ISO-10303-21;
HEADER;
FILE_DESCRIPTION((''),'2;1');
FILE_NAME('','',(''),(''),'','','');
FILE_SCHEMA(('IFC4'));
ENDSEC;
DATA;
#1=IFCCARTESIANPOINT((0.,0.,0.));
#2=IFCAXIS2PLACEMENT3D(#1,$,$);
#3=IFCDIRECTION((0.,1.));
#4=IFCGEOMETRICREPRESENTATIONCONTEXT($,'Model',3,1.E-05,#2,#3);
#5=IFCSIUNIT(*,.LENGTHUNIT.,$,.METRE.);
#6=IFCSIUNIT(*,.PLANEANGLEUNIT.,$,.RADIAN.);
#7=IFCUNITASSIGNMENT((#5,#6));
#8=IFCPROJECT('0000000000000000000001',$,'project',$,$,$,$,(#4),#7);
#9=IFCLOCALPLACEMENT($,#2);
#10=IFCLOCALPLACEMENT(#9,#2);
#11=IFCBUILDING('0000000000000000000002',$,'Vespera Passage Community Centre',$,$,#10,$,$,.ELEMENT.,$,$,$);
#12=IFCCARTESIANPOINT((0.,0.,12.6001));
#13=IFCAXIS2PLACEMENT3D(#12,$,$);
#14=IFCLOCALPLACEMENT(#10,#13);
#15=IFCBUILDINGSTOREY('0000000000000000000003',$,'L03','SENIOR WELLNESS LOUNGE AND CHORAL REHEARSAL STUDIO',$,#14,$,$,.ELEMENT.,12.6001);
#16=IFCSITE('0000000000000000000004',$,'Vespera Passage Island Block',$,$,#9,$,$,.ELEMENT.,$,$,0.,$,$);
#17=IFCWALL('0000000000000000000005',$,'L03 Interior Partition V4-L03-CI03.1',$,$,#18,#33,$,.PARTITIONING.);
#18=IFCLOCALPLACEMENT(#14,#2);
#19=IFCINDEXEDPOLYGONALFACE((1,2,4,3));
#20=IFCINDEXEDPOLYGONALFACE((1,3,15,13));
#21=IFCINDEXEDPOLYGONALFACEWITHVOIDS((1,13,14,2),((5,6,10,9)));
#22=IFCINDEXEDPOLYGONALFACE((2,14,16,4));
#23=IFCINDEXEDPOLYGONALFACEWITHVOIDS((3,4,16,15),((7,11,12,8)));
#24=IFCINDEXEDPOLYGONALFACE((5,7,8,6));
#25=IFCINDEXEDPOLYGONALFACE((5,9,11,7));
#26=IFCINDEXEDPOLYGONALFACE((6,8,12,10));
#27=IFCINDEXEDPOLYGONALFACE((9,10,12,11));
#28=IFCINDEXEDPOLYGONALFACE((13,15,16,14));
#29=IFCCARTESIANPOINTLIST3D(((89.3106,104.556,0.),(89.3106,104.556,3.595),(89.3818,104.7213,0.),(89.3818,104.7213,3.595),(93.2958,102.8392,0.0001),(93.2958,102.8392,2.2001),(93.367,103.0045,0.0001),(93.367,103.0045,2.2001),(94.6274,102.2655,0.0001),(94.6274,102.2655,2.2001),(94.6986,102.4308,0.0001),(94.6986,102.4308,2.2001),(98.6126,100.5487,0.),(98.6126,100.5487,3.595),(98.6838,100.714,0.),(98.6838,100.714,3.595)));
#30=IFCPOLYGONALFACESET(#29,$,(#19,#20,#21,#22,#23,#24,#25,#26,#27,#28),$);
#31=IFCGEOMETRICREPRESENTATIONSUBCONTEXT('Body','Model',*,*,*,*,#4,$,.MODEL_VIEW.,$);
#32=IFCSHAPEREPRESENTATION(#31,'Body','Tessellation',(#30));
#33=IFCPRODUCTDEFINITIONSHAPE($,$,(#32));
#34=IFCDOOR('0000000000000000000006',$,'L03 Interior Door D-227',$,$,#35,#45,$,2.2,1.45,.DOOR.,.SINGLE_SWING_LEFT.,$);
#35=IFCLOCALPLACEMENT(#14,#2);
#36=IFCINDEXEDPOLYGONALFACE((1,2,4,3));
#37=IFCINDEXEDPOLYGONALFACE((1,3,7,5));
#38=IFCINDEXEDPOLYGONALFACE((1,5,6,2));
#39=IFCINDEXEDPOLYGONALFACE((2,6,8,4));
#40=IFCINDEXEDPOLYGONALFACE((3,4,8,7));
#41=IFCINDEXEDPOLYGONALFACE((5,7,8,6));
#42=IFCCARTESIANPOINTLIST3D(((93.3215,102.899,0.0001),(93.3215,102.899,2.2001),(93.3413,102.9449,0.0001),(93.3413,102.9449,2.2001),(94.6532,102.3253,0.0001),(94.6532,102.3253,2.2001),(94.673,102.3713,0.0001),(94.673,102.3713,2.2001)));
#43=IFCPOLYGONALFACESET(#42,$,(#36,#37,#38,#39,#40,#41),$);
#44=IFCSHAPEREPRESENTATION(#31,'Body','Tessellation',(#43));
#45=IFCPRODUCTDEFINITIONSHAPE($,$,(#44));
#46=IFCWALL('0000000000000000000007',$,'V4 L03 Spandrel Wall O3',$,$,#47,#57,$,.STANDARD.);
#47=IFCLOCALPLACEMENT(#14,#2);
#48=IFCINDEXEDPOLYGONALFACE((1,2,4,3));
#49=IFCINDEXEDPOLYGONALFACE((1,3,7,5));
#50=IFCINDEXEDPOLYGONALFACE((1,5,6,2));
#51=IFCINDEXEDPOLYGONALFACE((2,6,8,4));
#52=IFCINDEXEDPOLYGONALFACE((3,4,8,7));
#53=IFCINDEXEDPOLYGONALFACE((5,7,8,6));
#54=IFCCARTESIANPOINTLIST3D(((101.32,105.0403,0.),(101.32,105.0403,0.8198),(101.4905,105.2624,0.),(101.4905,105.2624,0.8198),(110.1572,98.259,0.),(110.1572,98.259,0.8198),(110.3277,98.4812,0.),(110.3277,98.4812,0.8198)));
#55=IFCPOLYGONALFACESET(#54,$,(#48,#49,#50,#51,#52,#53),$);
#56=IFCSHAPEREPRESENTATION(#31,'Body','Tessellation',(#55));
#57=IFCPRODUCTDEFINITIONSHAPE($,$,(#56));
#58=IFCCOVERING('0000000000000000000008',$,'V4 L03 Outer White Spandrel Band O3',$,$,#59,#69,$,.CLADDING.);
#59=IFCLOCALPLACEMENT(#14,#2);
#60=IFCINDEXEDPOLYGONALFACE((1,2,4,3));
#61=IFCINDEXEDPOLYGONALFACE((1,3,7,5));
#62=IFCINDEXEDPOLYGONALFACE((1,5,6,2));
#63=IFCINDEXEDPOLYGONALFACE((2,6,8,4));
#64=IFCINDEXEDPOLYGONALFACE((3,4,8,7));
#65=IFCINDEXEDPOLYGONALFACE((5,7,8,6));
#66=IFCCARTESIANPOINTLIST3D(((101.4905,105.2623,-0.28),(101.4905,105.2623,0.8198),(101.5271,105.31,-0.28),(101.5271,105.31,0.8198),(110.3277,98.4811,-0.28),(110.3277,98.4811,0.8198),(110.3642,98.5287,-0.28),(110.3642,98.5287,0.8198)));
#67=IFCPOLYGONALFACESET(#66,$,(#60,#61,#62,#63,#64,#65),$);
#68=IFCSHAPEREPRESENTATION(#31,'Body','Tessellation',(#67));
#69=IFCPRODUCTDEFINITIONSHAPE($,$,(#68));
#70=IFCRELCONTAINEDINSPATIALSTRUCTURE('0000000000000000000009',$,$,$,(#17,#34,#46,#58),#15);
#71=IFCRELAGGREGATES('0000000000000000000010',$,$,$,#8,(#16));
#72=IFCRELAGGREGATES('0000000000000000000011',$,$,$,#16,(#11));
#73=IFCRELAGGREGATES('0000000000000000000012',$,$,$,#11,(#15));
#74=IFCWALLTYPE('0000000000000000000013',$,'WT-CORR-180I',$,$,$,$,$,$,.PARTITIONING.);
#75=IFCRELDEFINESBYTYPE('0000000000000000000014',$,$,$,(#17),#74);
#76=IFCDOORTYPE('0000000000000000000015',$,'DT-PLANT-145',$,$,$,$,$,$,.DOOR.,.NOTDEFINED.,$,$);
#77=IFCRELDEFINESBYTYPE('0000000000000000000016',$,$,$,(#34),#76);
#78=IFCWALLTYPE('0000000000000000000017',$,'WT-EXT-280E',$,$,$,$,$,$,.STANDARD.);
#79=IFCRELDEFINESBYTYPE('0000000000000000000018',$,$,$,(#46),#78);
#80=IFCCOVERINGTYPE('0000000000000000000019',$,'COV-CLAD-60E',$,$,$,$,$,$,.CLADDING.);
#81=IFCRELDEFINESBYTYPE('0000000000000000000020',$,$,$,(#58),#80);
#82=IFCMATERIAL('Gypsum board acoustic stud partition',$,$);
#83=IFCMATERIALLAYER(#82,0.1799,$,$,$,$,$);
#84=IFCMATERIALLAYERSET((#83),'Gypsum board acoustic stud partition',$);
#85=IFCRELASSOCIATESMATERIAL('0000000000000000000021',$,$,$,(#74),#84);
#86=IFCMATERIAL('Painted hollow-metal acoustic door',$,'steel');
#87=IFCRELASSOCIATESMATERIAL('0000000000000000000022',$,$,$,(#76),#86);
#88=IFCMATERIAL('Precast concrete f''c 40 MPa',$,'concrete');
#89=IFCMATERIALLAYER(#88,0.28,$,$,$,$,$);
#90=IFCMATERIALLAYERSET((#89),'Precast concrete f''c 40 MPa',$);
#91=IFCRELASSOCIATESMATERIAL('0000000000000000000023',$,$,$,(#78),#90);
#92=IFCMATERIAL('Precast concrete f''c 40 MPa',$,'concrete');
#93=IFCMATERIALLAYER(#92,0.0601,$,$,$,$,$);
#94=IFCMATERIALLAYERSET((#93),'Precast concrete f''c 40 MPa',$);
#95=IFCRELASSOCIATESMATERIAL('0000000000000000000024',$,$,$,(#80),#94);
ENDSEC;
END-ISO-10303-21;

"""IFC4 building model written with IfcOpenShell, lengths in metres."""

from ifc_helpers import new_model, si_unit, direction, frame, frame_2d, origin, place, context, subcontext, project, spatial, rectangle, extrude, material, layer, layer_set, type_object, element, fill, save


model = new_model("IFC4")

# Units and contexts
model_context = context("Model", 3, precision=1e-05, world=origin(), true_north=direction((0.0, 1.0)))
body_context = subcontext(model_context, "Body", "Model", "MODEL_VIEW")
ifc_project = project(units=[si_unit("LENGTHUNIT", "METRE"), si_unit("PLANEANGLEUNIT", "RADIAN")], contexts=[model_context])

# Site, building, storey
site_placement = place(None, origin())
site = spatial("IfcSite", under=ifc_project, at=site_placement, Name="Vespera Passage Island Block", CompositionType="ELEMENT", RefElevation=0.0)
building_placement = place(site_placement, origin())
building = spatial("IfcBuilding", under=site, at=building_placement, Name="Vespera Passage Community Centre", CompositionType="ELEMENT")
storey_placement = place(building_placement, frame((0.0, 0.0, 12.6001)))
storey = spatial("IfcBuildingStorey", under=building, at=storey_placement, Name="L03", Description="SENIOR WELLNESS LOUNGE AND CHORAL REHEARSAL STUDIO", CompositionType="ELEMENT", Elevation=12.6001)

# Wall, opening, door
ifc_material_1 = material(Name="Gypsum board acoustic stud partition")
ifc_layer_1 = layer(ifc_material_1, 0.1799)
ifc_layer_set_1 = layer_set([ifc_layer_1], Name="Gypsum board acoustic stud partition")
wall_type_1 = type_object("IfcWallType", Name="WT-CORR-180I", PredefinedType="PARTITIONING", material=ifc_layer_set_1)
wall_1_placement = place(storey_placement, frame((98.6482, 100.6313, 0.0), z_axis=(0.0, 0.0, 1.0), x_axis=(-0.918402, 0.39565, 0.0)))
wall_1 = element("IfcWall", 1, at=wall_1_placement, inside=storey, type_object=wall_type_1, Name="L03 Interior Partition V4-L03-CI03.1", PredefinedType="PARTITIONING", context=body_context, shape_type="SweptSolid", body=[
    extrude(rectangle(XDim=10.1284, YDim=0.1799, at=frame_2d((5.0642, 0.0))), origin(), (0.0, 0.0, 1.0), 3.595),
])
opening_1_placement = place(wall_1_placement, frame((4.3391, 0.0, 0.0)))
opening_1 = element("IfcOpeningElement", 2, at=opening_1_placement, cuts=wall_1, PredefinedType="OPENING", context=body_context, shape_type="SweptSolid", body=[
    extrude(rectangle(XDim=1.45, YDim=2.2, at=frame_2d((0.7251, 1.1001))), frame((0.0, 0.0999, 0.0), z_axis=(0.0, -1.0, 0.0), x_axis=(1.0, 0.0, 0.0)), (0.0, 0.0, 1.0), 0.2),
])
ifc_material_2 = material(Name="Painted hollow-metal acoustic door", Category="steel")
door_type_1 = type_object("IfcDoorType", Name="DT-PLANT-145", OperationType="NOTDEFINED", PredefinedType="DOOR", material=ifc_material_2)
door_1_placement = place(opening_1_placement, origin())
door_1 = element("IfcDoor", 3, at=door_1_placement, inside=storey, type_object=door_type_1, Name="L03 Interior Door D-227", OperationType="SINGLE_SWING_LEFT", OverallHeight=2.2, OverallWidth=1.45, PredefinedType="DOOR", context=body_context, shape_type="SweptSolid", body=[
    extrude(rectangle(XDim=1.45, YDim=2.2, at=frame_2d((0.7251, 1.1001))), frame((0.0, 0.0249, 0.0), z_axis=(0.0, -1.0, 0.0), x_axis=(1.0, 0.0, 0.0)), (0.0, 0.0, 1.0), 0.05),
])
fill(opening_1, door_1)

# Wall
ifc_material_3 = material(Name="Precast concrete f'c 40 MPa", Category="concrete")
ifc_layer_2 = layer(ifc_material_3, 0.28)
ifc_layer_set_2 = layer_set([ifc_layer_2], Name="Precast concrete f'c 40 MPa")
wall_type_2 = type_object("IfcWallType", Name="WT-EXT-280E", PredefinedType="STANDARD", material=ifc_layer_set_2)
wall_2_placement = place(storey_placement, frame((101.4053, 105.1514, 0.0), z_axis=(0.0, 0.0, 1.0), x_axis=(0.793342, -0.608776, 0.0)))
element("IfcWall", 4, at=wall_2_placement, inside=storey, type_object=wall_type_2, Name="V4 L03 Spandrel Wall O3", PredefinedType="STANDARD", context=body_context, shape_type="SweptSolid", body=[
    extrude(rectangle(XDim=11.1392, YDim=0.28, at=frame_2d((5.5696, 0.0))), origin(), (0.0, 0.0, 1.0), 0.8198),
])

# Covering
ifc_material_4 = material(Name="Precast concrete f'c 40 MPa", Category="concrete")
ifc_layer_3 = layer(ifc_material_4, 0.0601)
ifc_layer_set_3 = layer_set([ifc_layer_3], Name="Precast concrete f'c 40 MPa")
covering_type = type_object("IfcCoveringType", Name="COV-CLAD-60E", PredefinedType="CLADDING", material=ifc_layer_set_3)
covering_placement = place(storey_placement, frame((101.5088, 105.2861, -0.28), z_axis=(0.0, 0.0, 1.0), x_axis=(0.793342, -0.608776, 0.0)))
element("IfcCovering", 5, at=covering_placement, inside=storey, type_object=covering_type, Name="V4 L03 Outer White Spandrel Band O3", PredefinedType="CLADDING", context=body_context, shape_type="SweptSolid", body=[
    extrude(rectangle(XDim=11.1392, YDim=0.0601, at=frame_2d((5.5696, 0.0))), origin(), (0.0, 0.0, 1.0), 1.0999),
])

save(model, "model.ifc")
